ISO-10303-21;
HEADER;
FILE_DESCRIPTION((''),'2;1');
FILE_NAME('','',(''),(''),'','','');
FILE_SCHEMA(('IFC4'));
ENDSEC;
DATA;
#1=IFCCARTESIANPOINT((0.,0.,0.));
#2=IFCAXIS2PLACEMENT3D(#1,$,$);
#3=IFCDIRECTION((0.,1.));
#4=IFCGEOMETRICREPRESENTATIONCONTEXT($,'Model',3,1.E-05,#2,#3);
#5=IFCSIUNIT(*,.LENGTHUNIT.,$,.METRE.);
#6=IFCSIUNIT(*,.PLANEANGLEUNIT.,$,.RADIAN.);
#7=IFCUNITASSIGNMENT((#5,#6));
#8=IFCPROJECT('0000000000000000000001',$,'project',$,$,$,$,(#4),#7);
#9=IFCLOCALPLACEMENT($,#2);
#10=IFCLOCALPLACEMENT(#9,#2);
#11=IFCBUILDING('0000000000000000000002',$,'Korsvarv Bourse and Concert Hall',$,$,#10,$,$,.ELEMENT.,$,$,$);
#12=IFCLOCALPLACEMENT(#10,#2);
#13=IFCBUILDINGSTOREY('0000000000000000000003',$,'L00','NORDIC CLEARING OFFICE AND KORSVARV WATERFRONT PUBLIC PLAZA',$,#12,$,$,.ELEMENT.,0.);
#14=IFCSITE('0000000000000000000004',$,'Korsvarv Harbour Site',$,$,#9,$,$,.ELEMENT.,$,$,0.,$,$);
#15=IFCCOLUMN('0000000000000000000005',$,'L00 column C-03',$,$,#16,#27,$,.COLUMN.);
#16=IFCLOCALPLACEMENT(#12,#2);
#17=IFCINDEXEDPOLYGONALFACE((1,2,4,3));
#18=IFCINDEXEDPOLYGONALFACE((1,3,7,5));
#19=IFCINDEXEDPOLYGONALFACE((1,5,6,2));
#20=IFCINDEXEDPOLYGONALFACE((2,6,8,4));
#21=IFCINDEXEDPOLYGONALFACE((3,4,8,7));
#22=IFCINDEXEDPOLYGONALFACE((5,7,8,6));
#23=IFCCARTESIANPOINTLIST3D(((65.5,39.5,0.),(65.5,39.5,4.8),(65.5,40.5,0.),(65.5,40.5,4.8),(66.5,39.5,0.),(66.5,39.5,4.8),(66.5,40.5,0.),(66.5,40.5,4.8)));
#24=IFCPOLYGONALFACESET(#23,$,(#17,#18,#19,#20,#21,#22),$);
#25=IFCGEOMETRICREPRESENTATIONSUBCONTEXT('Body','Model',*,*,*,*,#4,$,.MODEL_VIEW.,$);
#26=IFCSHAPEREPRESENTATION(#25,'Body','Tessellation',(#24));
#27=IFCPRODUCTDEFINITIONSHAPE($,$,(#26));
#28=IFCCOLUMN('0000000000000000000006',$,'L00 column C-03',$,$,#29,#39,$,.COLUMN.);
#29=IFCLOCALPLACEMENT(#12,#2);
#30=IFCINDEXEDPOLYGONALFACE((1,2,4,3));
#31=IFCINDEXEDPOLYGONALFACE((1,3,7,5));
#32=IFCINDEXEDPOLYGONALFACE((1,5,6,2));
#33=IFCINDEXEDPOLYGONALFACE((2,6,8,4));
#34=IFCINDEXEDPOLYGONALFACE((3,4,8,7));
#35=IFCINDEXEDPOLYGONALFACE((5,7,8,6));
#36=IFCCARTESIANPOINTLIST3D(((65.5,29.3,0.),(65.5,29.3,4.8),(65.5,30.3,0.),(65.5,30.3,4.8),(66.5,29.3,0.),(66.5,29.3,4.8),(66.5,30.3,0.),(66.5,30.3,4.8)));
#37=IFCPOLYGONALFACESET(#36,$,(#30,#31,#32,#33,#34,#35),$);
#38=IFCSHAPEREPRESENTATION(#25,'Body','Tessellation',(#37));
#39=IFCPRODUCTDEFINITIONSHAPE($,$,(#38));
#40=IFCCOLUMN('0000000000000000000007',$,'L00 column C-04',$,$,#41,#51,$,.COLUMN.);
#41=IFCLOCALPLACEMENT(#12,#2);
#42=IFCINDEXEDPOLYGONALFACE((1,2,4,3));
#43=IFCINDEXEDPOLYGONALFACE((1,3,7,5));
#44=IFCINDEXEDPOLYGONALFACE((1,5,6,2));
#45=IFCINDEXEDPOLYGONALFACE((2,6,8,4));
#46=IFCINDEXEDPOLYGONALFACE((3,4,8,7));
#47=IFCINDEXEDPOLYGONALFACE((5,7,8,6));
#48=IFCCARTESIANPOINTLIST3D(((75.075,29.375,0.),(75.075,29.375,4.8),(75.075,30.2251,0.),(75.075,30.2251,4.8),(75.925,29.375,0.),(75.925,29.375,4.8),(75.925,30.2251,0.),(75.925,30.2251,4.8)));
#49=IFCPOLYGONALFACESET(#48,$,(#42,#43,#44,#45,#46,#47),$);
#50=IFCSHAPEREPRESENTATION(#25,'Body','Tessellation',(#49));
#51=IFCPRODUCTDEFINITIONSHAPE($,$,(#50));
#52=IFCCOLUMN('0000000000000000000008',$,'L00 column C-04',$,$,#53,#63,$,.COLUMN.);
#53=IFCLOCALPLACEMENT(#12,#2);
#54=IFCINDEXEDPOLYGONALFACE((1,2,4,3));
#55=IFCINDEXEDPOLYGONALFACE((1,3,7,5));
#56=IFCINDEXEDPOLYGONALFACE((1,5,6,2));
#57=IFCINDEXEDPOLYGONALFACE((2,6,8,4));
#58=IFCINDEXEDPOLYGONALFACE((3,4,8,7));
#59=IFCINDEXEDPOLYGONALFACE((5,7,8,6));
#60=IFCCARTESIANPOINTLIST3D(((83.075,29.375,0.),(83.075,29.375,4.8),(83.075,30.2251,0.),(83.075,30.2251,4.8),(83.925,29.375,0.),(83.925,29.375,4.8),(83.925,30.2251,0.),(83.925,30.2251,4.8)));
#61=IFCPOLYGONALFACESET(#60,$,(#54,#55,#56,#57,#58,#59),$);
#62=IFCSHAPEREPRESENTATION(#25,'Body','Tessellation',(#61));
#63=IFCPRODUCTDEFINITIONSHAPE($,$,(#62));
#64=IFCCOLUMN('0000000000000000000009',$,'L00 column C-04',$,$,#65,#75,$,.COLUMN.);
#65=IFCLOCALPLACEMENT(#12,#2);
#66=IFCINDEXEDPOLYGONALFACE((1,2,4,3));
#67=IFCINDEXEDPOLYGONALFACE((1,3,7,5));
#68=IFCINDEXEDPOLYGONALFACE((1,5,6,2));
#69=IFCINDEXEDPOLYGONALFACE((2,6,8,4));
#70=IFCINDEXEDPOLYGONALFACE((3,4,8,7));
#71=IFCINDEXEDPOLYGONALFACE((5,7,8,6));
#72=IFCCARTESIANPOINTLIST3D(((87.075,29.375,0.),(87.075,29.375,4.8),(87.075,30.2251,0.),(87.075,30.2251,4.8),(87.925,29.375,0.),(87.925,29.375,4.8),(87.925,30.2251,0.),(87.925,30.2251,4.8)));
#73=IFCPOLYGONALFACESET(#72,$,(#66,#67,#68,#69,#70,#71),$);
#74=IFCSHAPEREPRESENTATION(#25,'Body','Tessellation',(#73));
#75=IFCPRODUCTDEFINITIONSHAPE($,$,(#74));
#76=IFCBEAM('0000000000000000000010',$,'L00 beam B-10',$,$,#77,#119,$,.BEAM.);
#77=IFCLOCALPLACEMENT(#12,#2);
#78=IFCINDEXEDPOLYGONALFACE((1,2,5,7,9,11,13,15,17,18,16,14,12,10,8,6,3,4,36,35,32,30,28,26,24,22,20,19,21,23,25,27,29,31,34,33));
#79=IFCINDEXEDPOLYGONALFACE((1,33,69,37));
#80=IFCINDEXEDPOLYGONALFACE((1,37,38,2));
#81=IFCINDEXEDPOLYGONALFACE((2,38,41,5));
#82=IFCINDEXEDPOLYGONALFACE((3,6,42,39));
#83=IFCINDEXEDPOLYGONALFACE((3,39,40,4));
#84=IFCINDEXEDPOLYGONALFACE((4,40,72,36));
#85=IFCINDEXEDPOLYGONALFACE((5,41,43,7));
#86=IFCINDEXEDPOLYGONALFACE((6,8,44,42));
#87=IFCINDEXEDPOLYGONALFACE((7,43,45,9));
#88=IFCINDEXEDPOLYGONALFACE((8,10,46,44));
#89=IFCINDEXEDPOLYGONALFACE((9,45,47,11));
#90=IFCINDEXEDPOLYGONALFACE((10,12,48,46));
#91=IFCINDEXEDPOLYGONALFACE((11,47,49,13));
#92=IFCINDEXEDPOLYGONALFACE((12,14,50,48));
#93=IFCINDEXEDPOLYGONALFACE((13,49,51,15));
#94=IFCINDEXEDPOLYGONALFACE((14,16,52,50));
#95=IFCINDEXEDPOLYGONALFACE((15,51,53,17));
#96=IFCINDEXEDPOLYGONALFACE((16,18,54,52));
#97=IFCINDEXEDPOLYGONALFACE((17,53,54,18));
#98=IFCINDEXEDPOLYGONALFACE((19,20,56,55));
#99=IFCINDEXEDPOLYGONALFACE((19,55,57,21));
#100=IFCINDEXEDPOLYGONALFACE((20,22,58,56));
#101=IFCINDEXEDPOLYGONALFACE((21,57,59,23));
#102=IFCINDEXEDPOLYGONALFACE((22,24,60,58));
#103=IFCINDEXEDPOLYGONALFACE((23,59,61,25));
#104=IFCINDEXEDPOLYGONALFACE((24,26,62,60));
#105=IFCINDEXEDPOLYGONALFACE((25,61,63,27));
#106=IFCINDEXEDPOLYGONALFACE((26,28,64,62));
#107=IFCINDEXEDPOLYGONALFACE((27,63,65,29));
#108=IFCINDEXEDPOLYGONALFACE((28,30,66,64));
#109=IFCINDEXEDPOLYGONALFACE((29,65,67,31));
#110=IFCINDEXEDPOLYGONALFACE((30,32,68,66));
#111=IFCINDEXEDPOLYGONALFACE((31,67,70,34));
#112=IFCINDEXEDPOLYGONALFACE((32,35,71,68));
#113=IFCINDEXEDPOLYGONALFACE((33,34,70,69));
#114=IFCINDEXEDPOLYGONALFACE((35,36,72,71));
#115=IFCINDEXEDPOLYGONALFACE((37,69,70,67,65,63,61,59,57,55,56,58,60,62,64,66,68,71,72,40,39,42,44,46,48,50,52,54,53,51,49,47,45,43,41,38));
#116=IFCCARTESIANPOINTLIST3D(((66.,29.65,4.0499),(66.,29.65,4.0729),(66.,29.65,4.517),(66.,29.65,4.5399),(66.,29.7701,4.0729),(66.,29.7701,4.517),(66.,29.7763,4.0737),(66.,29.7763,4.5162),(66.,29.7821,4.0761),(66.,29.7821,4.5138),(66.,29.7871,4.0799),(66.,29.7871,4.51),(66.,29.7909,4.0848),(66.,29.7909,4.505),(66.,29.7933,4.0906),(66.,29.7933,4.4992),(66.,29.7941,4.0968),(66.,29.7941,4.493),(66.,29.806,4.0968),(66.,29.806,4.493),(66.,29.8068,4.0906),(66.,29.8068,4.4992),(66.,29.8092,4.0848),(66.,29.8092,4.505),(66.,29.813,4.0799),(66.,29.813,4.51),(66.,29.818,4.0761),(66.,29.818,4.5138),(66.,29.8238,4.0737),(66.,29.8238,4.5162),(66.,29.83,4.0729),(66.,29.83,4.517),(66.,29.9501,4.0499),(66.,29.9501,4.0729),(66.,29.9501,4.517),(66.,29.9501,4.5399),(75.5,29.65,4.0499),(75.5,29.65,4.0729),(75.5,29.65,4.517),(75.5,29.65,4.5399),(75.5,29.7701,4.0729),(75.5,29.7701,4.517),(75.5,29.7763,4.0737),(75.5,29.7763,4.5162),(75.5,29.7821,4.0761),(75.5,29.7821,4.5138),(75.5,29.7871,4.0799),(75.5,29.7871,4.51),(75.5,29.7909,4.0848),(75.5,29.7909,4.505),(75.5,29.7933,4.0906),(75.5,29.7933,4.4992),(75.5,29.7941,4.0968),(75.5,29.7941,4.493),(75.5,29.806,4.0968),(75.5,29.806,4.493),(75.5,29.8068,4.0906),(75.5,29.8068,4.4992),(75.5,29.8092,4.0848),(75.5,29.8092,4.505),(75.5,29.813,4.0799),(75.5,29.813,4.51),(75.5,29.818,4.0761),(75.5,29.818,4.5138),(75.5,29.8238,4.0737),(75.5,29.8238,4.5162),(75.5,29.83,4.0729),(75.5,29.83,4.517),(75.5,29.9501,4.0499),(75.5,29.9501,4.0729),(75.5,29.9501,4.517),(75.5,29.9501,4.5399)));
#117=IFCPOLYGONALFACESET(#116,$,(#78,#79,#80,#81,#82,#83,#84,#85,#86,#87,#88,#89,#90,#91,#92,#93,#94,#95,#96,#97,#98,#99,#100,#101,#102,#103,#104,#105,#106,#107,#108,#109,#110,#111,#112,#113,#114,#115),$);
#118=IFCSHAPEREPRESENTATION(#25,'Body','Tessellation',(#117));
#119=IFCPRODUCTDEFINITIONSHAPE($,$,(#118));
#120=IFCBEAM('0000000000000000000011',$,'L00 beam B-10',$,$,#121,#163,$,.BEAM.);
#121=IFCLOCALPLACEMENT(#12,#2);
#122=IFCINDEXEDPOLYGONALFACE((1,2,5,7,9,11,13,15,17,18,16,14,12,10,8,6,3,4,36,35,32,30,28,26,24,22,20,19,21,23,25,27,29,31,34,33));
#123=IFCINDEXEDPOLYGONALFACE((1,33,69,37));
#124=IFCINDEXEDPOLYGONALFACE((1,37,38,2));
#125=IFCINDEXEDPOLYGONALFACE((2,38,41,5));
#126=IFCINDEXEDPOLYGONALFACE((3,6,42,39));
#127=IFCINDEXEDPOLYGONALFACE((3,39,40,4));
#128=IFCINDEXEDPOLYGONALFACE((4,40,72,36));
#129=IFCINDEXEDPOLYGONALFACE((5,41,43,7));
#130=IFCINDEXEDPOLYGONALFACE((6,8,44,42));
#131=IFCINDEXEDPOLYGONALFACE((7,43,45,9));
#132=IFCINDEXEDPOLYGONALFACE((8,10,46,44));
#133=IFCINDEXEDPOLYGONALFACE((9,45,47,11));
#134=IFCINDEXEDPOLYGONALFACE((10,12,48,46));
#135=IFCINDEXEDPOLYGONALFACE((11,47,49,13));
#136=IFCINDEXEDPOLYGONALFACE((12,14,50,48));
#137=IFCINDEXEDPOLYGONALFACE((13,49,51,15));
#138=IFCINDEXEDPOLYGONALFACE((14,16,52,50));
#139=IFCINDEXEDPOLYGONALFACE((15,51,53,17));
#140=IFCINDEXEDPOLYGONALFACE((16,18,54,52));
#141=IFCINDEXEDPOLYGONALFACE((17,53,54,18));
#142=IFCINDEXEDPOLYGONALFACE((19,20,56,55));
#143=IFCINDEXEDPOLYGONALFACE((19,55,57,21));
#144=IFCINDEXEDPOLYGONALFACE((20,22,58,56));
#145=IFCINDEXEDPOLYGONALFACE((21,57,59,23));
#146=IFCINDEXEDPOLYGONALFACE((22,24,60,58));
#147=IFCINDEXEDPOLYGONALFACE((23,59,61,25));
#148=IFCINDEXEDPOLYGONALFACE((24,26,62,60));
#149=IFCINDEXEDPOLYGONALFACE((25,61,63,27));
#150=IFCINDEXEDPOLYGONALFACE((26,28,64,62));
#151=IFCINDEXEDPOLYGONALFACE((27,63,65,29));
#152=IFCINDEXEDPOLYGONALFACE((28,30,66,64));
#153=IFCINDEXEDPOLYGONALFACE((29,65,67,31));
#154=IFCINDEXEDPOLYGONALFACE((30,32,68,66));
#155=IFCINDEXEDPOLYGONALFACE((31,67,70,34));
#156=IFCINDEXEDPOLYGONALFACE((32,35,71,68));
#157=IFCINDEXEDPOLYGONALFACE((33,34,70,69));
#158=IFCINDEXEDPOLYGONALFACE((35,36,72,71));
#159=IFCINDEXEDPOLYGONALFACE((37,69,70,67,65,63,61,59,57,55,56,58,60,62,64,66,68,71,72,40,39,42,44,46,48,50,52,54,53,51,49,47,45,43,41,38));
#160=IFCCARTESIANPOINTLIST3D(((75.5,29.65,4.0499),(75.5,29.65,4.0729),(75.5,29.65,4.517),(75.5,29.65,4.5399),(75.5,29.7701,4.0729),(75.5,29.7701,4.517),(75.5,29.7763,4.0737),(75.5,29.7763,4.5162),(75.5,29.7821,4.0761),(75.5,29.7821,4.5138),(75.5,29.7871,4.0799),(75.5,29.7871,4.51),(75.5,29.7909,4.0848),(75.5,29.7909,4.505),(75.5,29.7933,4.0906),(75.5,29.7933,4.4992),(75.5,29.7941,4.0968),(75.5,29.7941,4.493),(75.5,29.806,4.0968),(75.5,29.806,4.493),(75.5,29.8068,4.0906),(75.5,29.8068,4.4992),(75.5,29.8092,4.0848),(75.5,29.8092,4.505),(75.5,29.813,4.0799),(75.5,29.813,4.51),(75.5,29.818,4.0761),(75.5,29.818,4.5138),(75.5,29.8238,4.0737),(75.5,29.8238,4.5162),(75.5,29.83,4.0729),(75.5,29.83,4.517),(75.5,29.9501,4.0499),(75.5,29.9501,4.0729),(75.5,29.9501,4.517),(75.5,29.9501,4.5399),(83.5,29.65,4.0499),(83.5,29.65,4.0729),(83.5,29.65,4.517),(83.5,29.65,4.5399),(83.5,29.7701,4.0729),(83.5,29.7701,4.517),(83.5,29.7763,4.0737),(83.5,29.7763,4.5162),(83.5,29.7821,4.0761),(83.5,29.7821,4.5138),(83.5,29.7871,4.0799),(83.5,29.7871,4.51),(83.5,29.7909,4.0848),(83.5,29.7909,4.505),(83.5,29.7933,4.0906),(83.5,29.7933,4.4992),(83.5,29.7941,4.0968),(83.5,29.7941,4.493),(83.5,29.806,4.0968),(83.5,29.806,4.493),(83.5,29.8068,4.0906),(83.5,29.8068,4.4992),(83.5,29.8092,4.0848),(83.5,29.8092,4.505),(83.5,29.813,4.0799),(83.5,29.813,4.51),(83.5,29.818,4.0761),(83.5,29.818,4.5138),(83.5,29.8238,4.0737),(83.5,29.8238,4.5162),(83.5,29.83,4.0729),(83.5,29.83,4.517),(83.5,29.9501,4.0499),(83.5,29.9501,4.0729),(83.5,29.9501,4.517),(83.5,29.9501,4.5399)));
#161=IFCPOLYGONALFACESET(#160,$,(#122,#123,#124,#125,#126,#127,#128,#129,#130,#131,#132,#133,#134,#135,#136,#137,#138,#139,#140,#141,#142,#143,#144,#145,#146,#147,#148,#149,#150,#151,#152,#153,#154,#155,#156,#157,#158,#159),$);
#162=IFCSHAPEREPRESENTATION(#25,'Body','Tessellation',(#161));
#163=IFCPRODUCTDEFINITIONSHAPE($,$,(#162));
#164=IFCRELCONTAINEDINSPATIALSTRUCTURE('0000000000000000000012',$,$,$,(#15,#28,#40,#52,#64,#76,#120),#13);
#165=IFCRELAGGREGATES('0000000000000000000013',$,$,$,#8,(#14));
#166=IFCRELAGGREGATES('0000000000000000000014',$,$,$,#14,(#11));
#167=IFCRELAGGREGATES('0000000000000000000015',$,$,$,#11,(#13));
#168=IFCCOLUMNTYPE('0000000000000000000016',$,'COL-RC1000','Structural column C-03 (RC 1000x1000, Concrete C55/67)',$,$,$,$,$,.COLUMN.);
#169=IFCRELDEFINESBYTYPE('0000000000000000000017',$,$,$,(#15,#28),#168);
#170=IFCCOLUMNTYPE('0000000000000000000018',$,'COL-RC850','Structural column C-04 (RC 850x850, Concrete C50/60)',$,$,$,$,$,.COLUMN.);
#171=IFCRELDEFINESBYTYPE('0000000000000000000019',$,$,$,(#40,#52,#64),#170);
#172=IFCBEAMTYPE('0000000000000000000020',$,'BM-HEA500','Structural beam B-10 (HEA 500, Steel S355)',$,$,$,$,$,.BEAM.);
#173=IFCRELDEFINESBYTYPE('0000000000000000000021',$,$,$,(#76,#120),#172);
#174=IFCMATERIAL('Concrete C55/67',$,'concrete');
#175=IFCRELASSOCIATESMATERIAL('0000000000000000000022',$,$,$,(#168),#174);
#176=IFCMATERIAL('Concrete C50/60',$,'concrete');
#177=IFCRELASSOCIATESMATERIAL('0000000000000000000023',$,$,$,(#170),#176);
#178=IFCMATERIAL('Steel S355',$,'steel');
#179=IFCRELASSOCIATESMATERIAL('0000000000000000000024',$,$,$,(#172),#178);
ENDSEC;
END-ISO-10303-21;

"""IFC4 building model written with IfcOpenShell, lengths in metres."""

from ifc_helpers import new_model, si_unit, direction, frame, origin, origin_2d, place, context, subcontext, project, spatial, rectangle, i_section, extrude, source, transform, mapped, material, material_profile, profile_set, type_object, element, save


model = new_model("IFC4")

# Units and contexts
model_context = context("Model", 3, precision=1e-05, world=origin(), true_north=direction((0.0, 1.0)))
body_context = subcontext(model_context, "Body", "Model", "MODEL_VIEW")
ifc_project = project(units=[si_unit("LENGTHUNIT", "METRE"), si_unit("PLANEANGLEUNIT", "RADIAN")], contexts=[model_context])

# Site, building, storey
site_placement = place(None, origin())
site = spatial("IfcSite", under=ifc_project, at=site_placement, Name="Korsvarv Harbour Site", CompositionType="ELEMENT", RefElevation=0.0)
building_placement = place(site_placement, origin())
building = spatial("IfcBuilding", under=site, at=building_placement, Name="Korsvarv Bourse and Concert Hall", CompositionType="ELEMENT")
storey_placement = place(building_placement, origin())
storey = spatial("IfcBuildingStorey", under=building, at=storey_placement, Name="L00", Description="NORDIC CLEARING OFFICE AND KORSVARV WATERFRONT PUBLIC PLAZA", CompositionType="ELEMENT", Elevation=0.0)

# Columns
ifc_material_1 = material(Name="Concrete C55/67", Category="concrete")
ifc_material_profile_1 = material_profile(ifc_material_1, rectangle(XDim=1.0, YDim=1.0, at=origin_2d()), Name="RC 1000x1000")
ifc_profile_set_1 = profile_set([ifc_material_profile_1], Name="Concrete C55/67")
column_type_1 = type_object("IfcColumnType", Name="COL-RC1000", Description="Structural column C-03 (RC 1000x1000, Concrete C55/67)", PredefinedType="COLUMN", material=ifc_profile_set_1)
shared_shape_1 = source(origin(), body_context, "Body", "SweptSolid", [
    extrude(rectangle(XDim=1.0, YDim=1.0, at=origin_2d()), origin(), (0.0, 0.0, 1.0), 4.8),
])
for number, where, z_axis, x_axis, name in (
    (1, (66.0, 40.0, 0.0), (0.0, 0.0, 1.0), (1.0, 0.0, 0.0), "L00 column C-03"),
    (2, (66.0, 29.8, 0.0), (0.0, 0.0, 1.0), (1.0, 0.0, 0.0), "L00 column C-03"),
):
    element("IfcColumn", number, at=place(storey_placement, frame(where, z_axis=z_axis, x_axis=x_axis)), inside=storey, type_object=column_type_1, Name=name, PredefinedType="COLUMN", context=body_context, shape_type="MappedRepresentation", body=[
        mapped(shared_shape_1, transform((0.0, 0.0, 0.0), scale=1.0)),
    ])
ifc_material_2 = material(Name="Concrete C50/60", Category="concrete")
ifc_material_profile_2 = material_profile(ifc_material_2, rectangle(XDim=0.8501, YDim=0.8501, at=origin_2d()), Name="RC 850x850")
ifc_profile_set_2 = profile_set([ifc_material_profile_2], Name="Concrete C50/60")
column_type_2 = type_object("IfcColumnType", Name="COL-RC850", Description="Structural column C-04 (RC 850x850, Concrete C50/60)", PredefinedType="COLUMN", material=ifc_profile_set_2)
shared_shape_2 = source(origin(), body_context, "Body", "SweptSolid", [
    extrude(rectangle(XDim=0.8501, YDim=0.8501, at=origin_2d()), origin(), (0.0, 0.0, 1.0), 4.8),
])
for number, where, z_axis, x_axis, name in (
    (3, (75.5, 29.8, 0.0), (0.0, 0.0, 1.0), (1.0, 0.0, 0.0), "L00 column C-04"),
    (4, (83.5, 29.8, 0.0), (0.0, 0.0, 1.0), (1.0, 0.0, 0.0), "L00 column C-04"),
    (5, (87.5, 29.8, 0.0), (0.0, 0.0, 1.0), (1.0, 0.0, 0.0), "L00 column C-04"),
):
    element("IfcColumn", number, at=place(storey_placement, frame(where, z_axis=z_axis, x_axis=x_axis)), inside=storey, type_object=column_type_2, Name=name, PredefinedType="COLUMN", context=body_context, shape_type="MappedRepresentation", body=[
        mapped(shared_shape_2, transform((0.0, 0.0, 0.0), scale=1.0)),
    ])

# Beams
ifc_material_3 = material(Name="Steel S355", Category="steel")
ifc_material_profile_3 = material_profile(ifc_material_3, i_section(OverallWidth=0.3, OverallDepth=0.49, WebThickness=0.012, FlangeThickness=0.0229, FilletRadius=0.0239, at=origin_2d()), Name="HEA 500")
ifc_profile_set_3 = profile_set([ifc_material_profile_3], Name="Steel S355")
beam_type_1 = type_object("IfcBeamType", Name="BM-HEA500", Description="Structural beam B-10 (HEA 500, Steel S355)", PredefinedType="BEAM", material=ifc_profile_set_3)
shared_shape_3 = source(origin(), body_context, "Body", "SweptSolid", [
    extrude(i_section(OverallWidth=0.3, OverallDepth=0.49, WebThickness=0.012, FlangeThickness=0.0229, FilletRadius=0.0239, at=origin_2d()), origin(), (0.0, 0.0, 1.0), 9.5),
])
beam_1_placement = place(storey_placement, frame((66.0, 29.8, 4.2949), z_axis=(1.0, 0.0, 0.0), x_axis=(0.0, 1.0, 0.0)))
element("IfcBeam", 6, at=beam_1_placement, inside=storey, type_object=beam_type_1, Name="L00 beam B-10", PredefinedType="BEAM", context=body_context, shape_type="MappedRepresentation", body=[
    mapped(shared_shape_3, transform((0.0, 0.0, 0.0), scale=1.0)),
])
shared_shape_4 = source(origin(), body_context, "Body", "SweptSolid", [
    extrude(i_section(OverallWidth=0.3, OverallDepth=0.49, WebThickness=0.012, FlangeThickness=0.0229, FilletRadius=0.0239, at=origin_2d()), origin(), (0.0, 0.0, 1.0), 8.0),
])
beam_2_placement = place(storey_placement, frame((75.5, 29.8, 4.2949), z_axis=(1.0, 0.0, 0.0), x_axis=(0.0, 1.0, 0.0)))
element("IfcBeam", 7, at=beam_2_placement, inside=storey, type_object=beam_type_1, Name="L00 beam B-10", PredefinedType="BEAM", context=body_context, shape_type="MappedRepresentation", body=[
    mapped(shared_shape_4, transform((0.0, 0.0, 0.0), scale=1.0)),
])

save(model, "model.ifc")
